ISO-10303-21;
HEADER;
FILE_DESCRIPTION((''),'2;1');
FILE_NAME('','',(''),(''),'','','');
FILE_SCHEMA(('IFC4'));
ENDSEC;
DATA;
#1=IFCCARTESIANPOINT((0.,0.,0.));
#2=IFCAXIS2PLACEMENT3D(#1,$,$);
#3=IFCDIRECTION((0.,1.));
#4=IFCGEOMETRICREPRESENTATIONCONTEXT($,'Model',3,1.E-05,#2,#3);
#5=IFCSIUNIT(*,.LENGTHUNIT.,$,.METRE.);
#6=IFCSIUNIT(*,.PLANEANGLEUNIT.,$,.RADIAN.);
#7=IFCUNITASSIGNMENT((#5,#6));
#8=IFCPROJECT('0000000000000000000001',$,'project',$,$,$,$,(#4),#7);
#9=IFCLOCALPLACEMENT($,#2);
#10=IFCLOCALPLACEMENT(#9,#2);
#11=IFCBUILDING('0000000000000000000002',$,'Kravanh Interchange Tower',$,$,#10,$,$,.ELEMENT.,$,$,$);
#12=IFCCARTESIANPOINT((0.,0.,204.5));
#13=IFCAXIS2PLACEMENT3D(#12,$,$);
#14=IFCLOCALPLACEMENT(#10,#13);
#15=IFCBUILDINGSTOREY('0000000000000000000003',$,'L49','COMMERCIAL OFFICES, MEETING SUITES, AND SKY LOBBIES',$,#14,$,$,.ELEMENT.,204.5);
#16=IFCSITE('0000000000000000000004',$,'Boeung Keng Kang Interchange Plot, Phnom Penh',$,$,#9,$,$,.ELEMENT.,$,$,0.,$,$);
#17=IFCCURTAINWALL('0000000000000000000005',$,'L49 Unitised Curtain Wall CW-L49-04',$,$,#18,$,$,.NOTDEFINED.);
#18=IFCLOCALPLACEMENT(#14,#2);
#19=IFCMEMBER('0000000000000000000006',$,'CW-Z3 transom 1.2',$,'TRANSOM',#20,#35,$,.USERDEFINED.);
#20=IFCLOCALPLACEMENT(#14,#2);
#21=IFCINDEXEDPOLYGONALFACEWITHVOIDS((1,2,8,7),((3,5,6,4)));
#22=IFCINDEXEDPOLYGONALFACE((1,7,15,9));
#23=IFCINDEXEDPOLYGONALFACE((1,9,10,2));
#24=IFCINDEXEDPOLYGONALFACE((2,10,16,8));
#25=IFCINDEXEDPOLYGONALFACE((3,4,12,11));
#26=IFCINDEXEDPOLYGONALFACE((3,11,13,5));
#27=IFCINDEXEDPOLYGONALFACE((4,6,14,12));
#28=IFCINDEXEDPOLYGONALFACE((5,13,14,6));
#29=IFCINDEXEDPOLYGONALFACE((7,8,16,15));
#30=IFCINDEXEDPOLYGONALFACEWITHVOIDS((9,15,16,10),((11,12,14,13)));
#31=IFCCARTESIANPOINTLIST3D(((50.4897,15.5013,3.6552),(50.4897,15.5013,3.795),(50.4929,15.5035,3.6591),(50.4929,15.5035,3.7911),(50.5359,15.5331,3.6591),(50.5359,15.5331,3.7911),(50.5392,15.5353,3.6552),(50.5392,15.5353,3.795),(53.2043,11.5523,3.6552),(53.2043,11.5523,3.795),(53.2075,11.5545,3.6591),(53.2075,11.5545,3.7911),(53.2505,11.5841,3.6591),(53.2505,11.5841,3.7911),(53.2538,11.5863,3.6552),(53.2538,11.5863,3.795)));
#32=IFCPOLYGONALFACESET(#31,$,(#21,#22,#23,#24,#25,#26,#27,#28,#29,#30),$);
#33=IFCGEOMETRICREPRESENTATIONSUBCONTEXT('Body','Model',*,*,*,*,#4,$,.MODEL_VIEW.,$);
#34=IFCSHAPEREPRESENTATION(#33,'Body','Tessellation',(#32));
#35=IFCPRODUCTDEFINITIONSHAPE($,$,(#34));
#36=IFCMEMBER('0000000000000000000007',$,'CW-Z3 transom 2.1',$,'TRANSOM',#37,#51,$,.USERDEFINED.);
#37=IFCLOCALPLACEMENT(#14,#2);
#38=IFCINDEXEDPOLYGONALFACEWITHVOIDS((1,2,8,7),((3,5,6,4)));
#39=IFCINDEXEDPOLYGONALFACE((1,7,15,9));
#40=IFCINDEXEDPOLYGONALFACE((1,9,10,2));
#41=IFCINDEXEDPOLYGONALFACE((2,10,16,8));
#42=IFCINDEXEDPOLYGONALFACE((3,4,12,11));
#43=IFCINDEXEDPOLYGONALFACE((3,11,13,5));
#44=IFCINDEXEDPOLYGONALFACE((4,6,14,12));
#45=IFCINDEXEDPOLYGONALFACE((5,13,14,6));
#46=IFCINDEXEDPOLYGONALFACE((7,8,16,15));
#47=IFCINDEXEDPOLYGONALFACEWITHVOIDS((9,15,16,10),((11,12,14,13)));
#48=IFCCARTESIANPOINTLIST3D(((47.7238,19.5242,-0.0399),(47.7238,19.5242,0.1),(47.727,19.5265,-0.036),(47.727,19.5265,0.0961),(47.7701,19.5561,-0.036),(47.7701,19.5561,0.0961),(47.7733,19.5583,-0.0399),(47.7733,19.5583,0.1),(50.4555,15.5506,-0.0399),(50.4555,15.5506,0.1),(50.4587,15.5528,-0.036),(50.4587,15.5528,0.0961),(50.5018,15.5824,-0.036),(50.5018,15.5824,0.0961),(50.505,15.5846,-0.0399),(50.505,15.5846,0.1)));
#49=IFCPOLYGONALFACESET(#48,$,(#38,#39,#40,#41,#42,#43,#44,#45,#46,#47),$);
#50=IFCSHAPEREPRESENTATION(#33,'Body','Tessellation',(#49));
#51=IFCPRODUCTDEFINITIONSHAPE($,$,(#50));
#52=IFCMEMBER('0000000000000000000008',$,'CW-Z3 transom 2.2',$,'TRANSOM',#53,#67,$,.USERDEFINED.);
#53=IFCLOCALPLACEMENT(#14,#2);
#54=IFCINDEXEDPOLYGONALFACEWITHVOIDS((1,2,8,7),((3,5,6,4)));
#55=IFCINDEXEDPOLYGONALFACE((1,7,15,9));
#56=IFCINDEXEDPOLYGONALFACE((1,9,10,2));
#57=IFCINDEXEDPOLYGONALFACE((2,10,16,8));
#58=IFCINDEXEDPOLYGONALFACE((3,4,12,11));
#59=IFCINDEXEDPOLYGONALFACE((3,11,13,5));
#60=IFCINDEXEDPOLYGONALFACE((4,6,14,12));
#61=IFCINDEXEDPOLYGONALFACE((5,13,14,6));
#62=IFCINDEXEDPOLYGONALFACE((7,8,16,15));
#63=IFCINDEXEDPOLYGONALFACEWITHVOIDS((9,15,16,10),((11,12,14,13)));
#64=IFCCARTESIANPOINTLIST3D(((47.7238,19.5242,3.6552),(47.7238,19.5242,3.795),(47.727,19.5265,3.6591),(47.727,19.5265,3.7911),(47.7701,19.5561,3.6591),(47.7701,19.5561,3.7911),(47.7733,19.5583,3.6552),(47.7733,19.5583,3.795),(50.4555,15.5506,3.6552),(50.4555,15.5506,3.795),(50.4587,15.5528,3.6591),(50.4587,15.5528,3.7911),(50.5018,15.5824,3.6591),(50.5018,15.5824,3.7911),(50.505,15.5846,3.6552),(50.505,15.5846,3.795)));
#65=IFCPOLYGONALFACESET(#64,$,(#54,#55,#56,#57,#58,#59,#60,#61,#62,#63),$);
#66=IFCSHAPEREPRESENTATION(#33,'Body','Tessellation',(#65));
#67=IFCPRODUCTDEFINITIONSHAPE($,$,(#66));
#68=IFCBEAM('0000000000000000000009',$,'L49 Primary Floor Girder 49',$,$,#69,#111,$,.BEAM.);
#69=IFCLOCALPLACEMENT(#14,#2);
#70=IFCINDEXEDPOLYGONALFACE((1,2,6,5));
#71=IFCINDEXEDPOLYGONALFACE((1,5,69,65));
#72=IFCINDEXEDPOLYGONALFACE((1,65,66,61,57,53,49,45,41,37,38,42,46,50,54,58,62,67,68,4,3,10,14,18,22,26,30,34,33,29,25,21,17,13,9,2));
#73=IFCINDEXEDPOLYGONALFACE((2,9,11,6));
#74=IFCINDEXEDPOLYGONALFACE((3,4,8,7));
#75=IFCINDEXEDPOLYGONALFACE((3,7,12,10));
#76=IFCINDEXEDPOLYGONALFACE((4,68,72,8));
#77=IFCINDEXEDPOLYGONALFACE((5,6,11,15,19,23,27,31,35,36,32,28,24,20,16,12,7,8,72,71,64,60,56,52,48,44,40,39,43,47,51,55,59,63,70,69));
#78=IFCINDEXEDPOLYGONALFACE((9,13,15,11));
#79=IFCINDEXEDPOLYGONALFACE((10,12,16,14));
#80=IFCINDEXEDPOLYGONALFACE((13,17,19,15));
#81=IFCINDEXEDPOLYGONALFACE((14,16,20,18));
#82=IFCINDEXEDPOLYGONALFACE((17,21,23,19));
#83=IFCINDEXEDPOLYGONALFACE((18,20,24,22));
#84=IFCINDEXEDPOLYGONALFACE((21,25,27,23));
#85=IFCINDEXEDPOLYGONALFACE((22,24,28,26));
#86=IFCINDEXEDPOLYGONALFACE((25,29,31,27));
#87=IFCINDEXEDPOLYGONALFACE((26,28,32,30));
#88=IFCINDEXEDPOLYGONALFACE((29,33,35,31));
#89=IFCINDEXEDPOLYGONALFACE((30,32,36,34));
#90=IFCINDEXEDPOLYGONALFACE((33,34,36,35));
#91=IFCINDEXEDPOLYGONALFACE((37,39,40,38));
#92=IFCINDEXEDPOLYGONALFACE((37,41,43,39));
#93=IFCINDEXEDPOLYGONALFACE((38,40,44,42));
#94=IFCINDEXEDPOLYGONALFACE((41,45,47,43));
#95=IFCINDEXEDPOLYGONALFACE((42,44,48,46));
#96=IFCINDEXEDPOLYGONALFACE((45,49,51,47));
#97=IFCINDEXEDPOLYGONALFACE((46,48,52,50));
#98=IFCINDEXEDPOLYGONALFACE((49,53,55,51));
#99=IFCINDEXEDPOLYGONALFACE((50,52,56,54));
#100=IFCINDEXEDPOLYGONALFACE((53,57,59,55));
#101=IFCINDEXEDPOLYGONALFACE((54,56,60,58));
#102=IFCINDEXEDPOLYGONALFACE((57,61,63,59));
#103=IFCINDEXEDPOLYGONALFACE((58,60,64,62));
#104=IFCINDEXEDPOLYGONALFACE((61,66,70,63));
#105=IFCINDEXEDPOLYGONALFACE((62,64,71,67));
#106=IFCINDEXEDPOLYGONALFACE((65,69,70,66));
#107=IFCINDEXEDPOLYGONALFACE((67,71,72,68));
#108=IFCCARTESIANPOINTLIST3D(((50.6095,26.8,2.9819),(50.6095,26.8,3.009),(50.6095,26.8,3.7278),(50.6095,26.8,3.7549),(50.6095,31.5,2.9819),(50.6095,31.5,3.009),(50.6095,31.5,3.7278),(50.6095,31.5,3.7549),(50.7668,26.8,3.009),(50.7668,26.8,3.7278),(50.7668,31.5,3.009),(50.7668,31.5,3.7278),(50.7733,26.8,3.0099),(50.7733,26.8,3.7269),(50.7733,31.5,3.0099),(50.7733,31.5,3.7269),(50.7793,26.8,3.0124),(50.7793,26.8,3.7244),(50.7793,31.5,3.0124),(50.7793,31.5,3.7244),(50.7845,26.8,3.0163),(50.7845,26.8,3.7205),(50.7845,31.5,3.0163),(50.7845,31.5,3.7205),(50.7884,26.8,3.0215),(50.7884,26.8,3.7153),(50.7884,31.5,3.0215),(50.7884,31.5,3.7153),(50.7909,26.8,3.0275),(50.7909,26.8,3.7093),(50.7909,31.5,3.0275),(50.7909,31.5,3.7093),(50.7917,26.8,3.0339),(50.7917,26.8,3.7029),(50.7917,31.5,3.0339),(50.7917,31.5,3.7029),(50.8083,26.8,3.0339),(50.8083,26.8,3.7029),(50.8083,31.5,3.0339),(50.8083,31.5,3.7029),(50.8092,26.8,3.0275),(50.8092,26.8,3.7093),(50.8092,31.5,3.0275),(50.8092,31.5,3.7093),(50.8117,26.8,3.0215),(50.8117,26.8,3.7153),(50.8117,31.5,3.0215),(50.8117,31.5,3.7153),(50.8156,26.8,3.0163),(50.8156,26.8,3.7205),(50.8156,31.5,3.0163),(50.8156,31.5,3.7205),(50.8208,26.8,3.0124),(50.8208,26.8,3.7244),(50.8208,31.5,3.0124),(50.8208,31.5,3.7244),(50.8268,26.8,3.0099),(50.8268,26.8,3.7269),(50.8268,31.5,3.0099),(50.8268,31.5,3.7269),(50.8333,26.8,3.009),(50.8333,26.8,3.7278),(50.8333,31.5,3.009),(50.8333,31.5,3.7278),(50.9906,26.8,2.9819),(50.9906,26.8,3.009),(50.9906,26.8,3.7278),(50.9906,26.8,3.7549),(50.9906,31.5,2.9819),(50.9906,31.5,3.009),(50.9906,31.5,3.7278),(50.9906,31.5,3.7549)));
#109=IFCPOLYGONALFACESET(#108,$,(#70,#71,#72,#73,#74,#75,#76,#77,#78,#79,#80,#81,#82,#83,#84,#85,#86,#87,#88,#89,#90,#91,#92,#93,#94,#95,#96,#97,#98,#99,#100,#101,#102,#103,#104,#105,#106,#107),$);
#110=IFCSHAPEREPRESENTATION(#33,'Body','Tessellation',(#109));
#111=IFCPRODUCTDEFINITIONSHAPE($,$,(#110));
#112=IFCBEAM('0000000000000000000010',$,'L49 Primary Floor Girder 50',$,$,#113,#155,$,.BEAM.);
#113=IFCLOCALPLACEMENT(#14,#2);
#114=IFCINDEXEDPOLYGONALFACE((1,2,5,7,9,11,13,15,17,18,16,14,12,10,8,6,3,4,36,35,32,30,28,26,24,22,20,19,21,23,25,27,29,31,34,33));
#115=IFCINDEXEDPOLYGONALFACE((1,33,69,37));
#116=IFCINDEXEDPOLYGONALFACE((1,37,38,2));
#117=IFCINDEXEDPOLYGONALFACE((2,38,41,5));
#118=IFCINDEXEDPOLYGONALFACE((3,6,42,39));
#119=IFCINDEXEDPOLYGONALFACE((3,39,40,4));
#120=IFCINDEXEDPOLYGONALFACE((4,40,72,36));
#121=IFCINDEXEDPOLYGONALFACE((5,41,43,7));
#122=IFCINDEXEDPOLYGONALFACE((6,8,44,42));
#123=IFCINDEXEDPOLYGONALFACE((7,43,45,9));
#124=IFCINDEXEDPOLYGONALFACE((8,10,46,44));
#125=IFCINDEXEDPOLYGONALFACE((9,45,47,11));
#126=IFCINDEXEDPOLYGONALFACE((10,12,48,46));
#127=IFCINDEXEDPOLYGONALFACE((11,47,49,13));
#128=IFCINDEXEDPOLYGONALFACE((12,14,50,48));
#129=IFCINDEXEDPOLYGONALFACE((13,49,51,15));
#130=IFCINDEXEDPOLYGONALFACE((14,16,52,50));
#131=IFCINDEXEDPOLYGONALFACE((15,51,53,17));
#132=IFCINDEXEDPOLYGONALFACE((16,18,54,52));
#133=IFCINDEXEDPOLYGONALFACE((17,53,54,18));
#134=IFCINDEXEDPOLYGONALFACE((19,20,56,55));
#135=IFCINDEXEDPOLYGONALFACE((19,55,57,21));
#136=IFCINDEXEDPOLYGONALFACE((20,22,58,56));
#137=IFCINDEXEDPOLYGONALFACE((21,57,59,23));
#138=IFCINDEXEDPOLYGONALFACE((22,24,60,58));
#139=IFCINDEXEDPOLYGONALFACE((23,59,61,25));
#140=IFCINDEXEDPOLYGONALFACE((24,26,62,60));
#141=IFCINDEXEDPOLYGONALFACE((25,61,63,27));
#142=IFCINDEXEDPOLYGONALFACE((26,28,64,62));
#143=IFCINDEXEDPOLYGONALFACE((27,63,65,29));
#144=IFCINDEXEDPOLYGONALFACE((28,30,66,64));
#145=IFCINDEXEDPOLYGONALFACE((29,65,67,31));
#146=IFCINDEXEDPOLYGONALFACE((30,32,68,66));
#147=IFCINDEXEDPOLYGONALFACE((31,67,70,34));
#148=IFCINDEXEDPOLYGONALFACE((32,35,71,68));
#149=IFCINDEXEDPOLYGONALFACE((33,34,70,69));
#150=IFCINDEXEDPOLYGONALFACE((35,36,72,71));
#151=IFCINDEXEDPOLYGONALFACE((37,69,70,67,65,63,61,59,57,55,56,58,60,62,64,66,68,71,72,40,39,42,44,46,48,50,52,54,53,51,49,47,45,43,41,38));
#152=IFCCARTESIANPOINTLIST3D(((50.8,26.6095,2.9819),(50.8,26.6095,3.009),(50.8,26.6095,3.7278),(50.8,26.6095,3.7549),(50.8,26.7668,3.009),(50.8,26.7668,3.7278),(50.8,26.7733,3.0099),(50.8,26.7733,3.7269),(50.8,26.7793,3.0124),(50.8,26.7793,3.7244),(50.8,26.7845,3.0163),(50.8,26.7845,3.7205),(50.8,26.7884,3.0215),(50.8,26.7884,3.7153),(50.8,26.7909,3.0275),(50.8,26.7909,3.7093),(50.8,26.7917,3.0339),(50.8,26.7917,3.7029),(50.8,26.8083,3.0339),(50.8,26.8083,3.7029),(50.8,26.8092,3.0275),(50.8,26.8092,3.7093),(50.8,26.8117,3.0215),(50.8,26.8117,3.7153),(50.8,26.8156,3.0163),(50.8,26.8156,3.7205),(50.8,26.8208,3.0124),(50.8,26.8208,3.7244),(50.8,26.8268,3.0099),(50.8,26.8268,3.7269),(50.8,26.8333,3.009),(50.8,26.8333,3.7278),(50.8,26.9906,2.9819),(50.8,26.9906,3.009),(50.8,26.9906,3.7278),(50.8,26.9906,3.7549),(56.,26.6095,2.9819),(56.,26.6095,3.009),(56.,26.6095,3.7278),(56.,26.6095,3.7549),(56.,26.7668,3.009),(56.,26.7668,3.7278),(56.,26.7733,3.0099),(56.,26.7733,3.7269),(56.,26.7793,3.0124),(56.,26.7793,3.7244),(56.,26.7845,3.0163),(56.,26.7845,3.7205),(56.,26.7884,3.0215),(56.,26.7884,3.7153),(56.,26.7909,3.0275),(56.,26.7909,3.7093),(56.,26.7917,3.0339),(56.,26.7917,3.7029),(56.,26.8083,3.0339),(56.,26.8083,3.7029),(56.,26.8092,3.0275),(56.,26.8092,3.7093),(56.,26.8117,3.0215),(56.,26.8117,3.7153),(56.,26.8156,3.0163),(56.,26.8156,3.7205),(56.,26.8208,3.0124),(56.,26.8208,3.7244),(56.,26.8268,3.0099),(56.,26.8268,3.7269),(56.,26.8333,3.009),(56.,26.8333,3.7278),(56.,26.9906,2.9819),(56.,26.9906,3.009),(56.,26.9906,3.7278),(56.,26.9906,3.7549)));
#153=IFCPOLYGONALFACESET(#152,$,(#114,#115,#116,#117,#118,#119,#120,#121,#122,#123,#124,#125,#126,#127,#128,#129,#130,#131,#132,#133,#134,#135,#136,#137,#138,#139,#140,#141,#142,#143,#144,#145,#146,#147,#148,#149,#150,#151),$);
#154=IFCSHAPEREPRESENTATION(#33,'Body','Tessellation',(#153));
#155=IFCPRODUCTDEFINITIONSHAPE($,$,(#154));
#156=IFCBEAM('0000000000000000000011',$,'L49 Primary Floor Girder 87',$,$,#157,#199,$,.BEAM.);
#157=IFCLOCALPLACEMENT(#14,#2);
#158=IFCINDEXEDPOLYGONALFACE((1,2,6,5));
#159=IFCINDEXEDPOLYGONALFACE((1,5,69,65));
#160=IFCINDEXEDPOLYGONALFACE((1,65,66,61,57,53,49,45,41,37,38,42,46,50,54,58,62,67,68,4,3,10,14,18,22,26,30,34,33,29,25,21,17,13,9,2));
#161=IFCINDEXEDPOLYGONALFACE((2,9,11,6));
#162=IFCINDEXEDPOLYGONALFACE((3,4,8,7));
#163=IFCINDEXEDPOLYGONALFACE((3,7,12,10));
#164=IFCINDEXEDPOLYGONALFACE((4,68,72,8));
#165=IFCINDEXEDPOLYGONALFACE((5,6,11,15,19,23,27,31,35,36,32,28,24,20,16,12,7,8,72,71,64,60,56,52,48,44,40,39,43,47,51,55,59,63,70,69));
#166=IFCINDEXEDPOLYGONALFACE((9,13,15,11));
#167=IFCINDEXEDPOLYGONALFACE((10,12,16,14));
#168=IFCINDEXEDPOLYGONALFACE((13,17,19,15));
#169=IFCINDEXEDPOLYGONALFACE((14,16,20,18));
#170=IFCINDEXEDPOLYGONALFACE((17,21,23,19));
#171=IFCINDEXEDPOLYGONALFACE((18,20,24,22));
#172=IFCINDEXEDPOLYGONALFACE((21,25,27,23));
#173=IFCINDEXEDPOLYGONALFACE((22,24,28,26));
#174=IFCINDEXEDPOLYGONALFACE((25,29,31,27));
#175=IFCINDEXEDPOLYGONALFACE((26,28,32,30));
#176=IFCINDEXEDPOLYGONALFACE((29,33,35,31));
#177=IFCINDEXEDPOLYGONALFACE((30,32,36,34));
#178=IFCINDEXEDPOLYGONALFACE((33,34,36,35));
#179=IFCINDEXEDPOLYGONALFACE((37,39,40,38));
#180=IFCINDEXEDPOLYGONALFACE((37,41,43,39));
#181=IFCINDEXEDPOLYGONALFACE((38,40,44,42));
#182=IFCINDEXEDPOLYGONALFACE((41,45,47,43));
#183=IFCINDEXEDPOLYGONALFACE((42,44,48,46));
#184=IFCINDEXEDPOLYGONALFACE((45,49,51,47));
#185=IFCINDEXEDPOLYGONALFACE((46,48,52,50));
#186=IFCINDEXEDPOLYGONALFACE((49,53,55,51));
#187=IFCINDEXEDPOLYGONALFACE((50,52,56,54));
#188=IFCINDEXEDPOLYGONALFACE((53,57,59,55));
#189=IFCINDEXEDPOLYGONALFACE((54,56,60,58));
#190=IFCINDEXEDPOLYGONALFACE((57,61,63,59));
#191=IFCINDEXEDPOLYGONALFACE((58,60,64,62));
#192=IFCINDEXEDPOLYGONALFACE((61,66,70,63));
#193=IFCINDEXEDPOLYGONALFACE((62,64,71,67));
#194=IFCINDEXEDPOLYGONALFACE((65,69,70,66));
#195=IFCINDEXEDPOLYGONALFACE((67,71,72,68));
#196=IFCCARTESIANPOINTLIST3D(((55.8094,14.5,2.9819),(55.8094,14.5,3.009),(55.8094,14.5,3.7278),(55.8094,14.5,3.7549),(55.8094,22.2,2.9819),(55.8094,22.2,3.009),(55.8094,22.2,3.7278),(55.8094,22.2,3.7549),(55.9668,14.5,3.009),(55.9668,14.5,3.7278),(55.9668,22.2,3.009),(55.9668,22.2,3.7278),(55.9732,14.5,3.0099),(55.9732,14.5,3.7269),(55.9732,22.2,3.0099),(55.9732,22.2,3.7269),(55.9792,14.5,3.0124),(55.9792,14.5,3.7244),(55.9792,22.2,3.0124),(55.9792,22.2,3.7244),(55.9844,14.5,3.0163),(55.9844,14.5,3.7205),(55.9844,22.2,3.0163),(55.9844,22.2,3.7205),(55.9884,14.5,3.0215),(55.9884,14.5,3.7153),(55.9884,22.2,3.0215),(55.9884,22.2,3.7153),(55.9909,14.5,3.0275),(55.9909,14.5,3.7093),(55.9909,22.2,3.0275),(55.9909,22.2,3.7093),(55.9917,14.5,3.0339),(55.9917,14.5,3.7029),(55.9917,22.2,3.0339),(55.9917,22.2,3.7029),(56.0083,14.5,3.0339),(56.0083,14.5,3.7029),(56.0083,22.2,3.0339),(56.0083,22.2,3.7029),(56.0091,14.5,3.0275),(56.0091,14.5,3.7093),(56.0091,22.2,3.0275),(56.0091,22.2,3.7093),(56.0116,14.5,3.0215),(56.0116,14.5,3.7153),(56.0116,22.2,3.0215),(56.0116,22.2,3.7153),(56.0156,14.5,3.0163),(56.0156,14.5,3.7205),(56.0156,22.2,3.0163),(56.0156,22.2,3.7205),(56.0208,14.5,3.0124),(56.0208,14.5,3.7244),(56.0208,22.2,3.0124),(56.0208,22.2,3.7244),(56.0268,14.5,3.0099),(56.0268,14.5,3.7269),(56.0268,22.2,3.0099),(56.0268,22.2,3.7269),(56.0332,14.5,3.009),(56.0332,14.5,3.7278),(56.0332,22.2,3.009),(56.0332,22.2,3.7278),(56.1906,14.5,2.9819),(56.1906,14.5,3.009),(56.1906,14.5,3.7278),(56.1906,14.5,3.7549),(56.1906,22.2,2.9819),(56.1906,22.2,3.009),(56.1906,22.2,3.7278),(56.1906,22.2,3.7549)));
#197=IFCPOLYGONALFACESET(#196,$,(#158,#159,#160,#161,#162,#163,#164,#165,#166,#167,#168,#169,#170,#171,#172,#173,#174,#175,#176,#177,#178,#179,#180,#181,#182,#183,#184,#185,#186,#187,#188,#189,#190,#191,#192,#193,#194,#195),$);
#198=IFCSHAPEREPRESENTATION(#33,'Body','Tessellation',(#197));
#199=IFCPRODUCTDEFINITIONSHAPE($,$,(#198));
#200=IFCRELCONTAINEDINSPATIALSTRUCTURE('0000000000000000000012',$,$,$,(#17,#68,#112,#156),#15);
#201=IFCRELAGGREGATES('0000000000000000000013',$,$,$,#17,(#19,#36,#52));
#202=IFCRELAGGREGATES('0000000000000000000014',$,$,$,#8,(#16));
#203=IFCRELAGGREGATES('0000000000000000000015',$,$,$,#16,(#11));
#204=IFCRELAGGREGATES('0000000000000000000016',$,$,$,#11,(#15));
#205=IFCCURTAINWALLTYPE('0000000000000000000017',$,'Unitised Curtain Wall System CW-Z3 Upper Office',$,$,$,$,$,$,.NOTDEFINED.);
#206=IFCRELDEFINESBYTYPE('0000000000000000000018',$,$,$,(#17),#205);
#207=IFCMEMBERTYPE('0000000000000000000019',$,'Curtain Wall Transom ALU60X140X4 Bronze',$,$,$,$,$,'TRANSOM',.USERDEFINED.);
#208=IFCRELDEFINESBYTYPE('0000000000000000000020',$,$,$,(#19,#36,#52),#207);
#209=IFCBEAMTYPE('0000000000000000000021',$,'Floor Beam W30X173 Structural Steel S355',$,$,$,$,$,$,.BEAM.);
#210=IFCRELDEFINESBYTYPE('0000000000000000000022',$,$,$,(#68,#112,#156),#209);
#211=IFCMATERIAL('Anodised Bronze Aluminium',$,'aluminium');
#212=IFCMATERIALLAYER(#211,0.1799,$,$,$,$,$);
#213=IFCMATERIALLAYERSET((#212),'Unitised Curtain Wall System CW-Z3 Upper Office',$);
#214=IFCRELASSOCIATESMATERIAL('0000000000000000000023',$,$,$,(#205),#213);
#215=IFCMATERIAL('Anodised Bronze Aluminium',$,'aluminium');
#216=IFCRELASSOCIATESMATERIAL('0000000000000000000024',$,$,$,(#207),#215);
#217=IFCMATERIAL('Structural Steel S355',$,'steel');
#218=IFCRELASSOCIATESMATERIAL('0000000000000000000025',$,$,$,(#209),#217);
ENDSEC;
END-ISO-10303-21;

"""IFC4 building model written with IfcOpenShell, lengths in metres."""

from ifc_helpers import new_model, si_unit, direction, frame, origin, origin_2d, place, context, subcontext, project, spatial, hollow_rectangle, i_section, extrude, material, layer, layer_set, material_profile, profile_set, type_object, element, aggregate, save


model = new_model("IFC4")

# Units and contexts
model_context = context("Model", 3, precision=1e-05, world=origin(), true_north=direction((0.0, 1.0)))
body_context = subcontext(model_context, "Body", "Model", "MODEL_VIEW")
ifc_project = project(units=[si_unit("LENGTHUNIT", "METRE"), si_unit("PLANEANGLEUNIT", "RADIAN")], contexts=[model_context])

# Site, building, storey
site_placement = place(None, origin())
site = spatial("IfcSite", under=ifc_project, at=site_placement, Name="Boeung Keng Kang Interchange Plot, Phnom Penh", CompositionType="ELEMENT", RefElevation=0.0)
building_placement = place(site_placement, origin())
building = spatial("IfcBuilding", under=site, at=building_placement, Name="Kravanh Interchange Tower", CompositionType="ELEMENT")
storey_placement = place(building_placement, frame((0.0, 0.0, 204.5)))
storey = spatial("IfcBuildingStorey", under=building, at=storey_placement, Name="L49", Description="COMMERCIAL OFFICES, MEETING SUITES, AND SKY LOBBIES", CompositionType="ELEMENT", Elevation=204.5)

# Shared definitions
ifc_material_1 = material(Name="Anodised Bronze Aluminium", Category="aluminium")
ifc_layer_1 = layer(ifc_material_1, 0.1799)
ifc_layer_set_1 = layer_set([ifc_layer_1], Name="Unitised Curtain Wall System CW-Z3 Upper Office")
curtain_wall_type = type_object("IfcCurtainWallType", Name="Unitised Curtain Wall System CW-Z3 Upper Office", PredefinedType="NOTDEFINED", material=ifc_layer_set_1)

# Curtain wall, members
curtain_wall_1_placement = place(storey_placement, origin())
curtain_wall_1 = element("IfcCurtainWall", 1, at=curtain_wall_1_placement, inside=storey, type_object=curtain_wall_type, Name="L49 Unitised Curtain Wall CW-L49-04", PredefinedType="NOTDEFINED")
ifc_material_2 = material(Name="Anodised Bronze Aluminium", Category="aluminium")
ifc_material_profile_1 = material_profile(ifc_material_2, hollow_rectangle(XDim=0.0601, YDim=0.1399, WallThickness=0.0039, at=origin_2d()), Name="ALU60X140X4")
ifc_profile_set_1 = profile_set([ifc_material_profile_1], Name="Anodised Bronze Aluminium")
member_type_1 = type_object("IfcMemberType", Name="Curtain Wall Transom ALU60X140X4 Bronze", ElementType="TRANSOM", PredefinedType="USERDEFINED", material=ifc_profile_set_1)
member_1_placement = place(storey_placement, frame((53.229, 11.5693, 3.7251), z_axis=(-0.566483, 0.824073, 0.0), x_axis=(-0.824073, -0.566483, 0.0)))
member_1 = element("IfcMember", 2, at=member_1_placement, type_object=member_type_1, Name="CW-Z3 transom 1.2", ObjectType="TRANSOM", PredefinedType="USERDEFINED", context=body_context, shape_type="SweptSolid", body=[
    extrude(hollow_rectangle(XDim=0.0601, YDim=0.1399, WallThickness=0.0039, at=origin_2d()), origin(), (0.0, 0.0, 1.0), 4.792),
])
member_2_placement = place(storey_placement, frame((50.4802, 15.5676, 0.03), z_axis=(-0.566503, 0.82406, 0.0), x_axis=(-0.82406, -0.566503, 0.0)))
member_2 = element("IfcMember", 3, at=member_2_placement, type_object=member_type_1, Name="CW-Z3 transom 2.1", ObjectType="TRANSOM", PredefinedType="USERDEFINED", context=body_context, shape_type="SweptSolid", body=[
    extrude(hollow_rectangle(XDim=0.0601, YDim=0.1399, WallThickness=0.0039, at=origin_2d()), origin(), (0.0, 0.0, 1.0), 4.822),
])
member_3_placement = place(storey_placement, frame((50.4802, 15.5676, 3.7251), z_axis=(-0.566503, 0.82406, 0.0), x_axis=(-0.82406, -0.566503, 0.0)))
member_3 = element("IfcMember", 4, at=member_3_placement, type_object=member_type_1, Name="CW-Z3 transom 2.2", ObjectType="TRANSOM", PredefinedType="USERDEFINED", context=body_context, shape_type="SweptSolid", body=[
    extrude(hollow_rectangle(XDim=0.0601, YDim=0.1399, WallThickness=0.0039, at=origin_2d()), origin(), (0.0, 0.0, 1.0), 4.822),
])

# Beams
ifc_material_3 = material(Name="Structural Steel S355", Category="steel")
ifc_material_profile_2 = material_profile(ifc_material_3, i_section(OverallWidth=0.3811, OverallDepth=0.7729, WebThickness=0.0166, FlangeThickness=0.0271, FilletRadius=0.0249, at=origin_2d()), Name="W30X173")
ifc_profile_set_2 = profile_set([ifc_material_profile_2], Name="Structural Steel S355")
beam_type_1 = type_object("IfcBeamType", Name="Floor Beam W30X173 Structural Steel S355", PredefinedType="BEAM", material=ifc_profile_set_2)
beam_1_placement = place(storey_placement, frame((50.8, 26.8, 3.3684), z_axis=(0.0, 1.0, 0.0), x_axis=(-1.0, 0.0, 0.0)))
element("IfcBeam", 5, at=beam_1_placement, inside=storey, type_object=beam_type_1, Name="L49 Primary Floor Girder 49", PredefinedType="BEAM", context=body_context, shape_type="SweptSolid", body=[
    extrude(i_section(OverallWidth=0.3811, OverallDepth=0.7729, WebThickness=0.0166, FlangeThickness=0.0271, FilletRadius=0.0249, at=origin_2d()), origin(), (0.0, 0.0, 1.0), 4.7),
])
beam_2_placement = place(storey_placement, frame((50.8, 26.8, 3.3684), z_axis=(1.0, 0.0, 0.0), x_axis=(0.0, 1.0, 0.0)))
element("IfcBeam", 6, at=beam_2_placement, inside=storey, type_object=beam_type_1, Name="L49 Primary Floor Girder 50", PredefinedType="BEAM", context=body_context, shape_type="SweptSolid", body=[
    extrude(i_section(OverallWidth=0.3811, OverallDepth=0.7729, WebThickness=0.0166, FlangeThickness=0.0271, FilletRadius=0.0249, at=origin_2d()), origin(), (0.0, 0.0, 1.0), 5.2),
])
beam_3_placement = place(storey_placement, frame((56.0, 14.5, 3.3684), z_axis=(0.0, 1.0, 0.0), x_axis=(-1.0, 0.0, 0.0)))
element("IfcBeam", 7, at=beam_3_placement, inside=storey, type_object=beam_type_1, Name="L49 Primary Floor Girder 87", PredefinedType="BEAM", context=body_context, shape_type="SweptSolid", body=[
    extrude(i_section(OverallWidth=0.3811, OverallDepth=0.7729, WebThickness=0.0166, FlangeThickness=0.0271, FilletRadius=0.0249, at=origin_2d()), origin(), (0.0, 0.0, 1.0), 7.7),
])

aggregate(curtain_wall_1, [member_1, member_2, member_3])

save(model, "model.ifc")
